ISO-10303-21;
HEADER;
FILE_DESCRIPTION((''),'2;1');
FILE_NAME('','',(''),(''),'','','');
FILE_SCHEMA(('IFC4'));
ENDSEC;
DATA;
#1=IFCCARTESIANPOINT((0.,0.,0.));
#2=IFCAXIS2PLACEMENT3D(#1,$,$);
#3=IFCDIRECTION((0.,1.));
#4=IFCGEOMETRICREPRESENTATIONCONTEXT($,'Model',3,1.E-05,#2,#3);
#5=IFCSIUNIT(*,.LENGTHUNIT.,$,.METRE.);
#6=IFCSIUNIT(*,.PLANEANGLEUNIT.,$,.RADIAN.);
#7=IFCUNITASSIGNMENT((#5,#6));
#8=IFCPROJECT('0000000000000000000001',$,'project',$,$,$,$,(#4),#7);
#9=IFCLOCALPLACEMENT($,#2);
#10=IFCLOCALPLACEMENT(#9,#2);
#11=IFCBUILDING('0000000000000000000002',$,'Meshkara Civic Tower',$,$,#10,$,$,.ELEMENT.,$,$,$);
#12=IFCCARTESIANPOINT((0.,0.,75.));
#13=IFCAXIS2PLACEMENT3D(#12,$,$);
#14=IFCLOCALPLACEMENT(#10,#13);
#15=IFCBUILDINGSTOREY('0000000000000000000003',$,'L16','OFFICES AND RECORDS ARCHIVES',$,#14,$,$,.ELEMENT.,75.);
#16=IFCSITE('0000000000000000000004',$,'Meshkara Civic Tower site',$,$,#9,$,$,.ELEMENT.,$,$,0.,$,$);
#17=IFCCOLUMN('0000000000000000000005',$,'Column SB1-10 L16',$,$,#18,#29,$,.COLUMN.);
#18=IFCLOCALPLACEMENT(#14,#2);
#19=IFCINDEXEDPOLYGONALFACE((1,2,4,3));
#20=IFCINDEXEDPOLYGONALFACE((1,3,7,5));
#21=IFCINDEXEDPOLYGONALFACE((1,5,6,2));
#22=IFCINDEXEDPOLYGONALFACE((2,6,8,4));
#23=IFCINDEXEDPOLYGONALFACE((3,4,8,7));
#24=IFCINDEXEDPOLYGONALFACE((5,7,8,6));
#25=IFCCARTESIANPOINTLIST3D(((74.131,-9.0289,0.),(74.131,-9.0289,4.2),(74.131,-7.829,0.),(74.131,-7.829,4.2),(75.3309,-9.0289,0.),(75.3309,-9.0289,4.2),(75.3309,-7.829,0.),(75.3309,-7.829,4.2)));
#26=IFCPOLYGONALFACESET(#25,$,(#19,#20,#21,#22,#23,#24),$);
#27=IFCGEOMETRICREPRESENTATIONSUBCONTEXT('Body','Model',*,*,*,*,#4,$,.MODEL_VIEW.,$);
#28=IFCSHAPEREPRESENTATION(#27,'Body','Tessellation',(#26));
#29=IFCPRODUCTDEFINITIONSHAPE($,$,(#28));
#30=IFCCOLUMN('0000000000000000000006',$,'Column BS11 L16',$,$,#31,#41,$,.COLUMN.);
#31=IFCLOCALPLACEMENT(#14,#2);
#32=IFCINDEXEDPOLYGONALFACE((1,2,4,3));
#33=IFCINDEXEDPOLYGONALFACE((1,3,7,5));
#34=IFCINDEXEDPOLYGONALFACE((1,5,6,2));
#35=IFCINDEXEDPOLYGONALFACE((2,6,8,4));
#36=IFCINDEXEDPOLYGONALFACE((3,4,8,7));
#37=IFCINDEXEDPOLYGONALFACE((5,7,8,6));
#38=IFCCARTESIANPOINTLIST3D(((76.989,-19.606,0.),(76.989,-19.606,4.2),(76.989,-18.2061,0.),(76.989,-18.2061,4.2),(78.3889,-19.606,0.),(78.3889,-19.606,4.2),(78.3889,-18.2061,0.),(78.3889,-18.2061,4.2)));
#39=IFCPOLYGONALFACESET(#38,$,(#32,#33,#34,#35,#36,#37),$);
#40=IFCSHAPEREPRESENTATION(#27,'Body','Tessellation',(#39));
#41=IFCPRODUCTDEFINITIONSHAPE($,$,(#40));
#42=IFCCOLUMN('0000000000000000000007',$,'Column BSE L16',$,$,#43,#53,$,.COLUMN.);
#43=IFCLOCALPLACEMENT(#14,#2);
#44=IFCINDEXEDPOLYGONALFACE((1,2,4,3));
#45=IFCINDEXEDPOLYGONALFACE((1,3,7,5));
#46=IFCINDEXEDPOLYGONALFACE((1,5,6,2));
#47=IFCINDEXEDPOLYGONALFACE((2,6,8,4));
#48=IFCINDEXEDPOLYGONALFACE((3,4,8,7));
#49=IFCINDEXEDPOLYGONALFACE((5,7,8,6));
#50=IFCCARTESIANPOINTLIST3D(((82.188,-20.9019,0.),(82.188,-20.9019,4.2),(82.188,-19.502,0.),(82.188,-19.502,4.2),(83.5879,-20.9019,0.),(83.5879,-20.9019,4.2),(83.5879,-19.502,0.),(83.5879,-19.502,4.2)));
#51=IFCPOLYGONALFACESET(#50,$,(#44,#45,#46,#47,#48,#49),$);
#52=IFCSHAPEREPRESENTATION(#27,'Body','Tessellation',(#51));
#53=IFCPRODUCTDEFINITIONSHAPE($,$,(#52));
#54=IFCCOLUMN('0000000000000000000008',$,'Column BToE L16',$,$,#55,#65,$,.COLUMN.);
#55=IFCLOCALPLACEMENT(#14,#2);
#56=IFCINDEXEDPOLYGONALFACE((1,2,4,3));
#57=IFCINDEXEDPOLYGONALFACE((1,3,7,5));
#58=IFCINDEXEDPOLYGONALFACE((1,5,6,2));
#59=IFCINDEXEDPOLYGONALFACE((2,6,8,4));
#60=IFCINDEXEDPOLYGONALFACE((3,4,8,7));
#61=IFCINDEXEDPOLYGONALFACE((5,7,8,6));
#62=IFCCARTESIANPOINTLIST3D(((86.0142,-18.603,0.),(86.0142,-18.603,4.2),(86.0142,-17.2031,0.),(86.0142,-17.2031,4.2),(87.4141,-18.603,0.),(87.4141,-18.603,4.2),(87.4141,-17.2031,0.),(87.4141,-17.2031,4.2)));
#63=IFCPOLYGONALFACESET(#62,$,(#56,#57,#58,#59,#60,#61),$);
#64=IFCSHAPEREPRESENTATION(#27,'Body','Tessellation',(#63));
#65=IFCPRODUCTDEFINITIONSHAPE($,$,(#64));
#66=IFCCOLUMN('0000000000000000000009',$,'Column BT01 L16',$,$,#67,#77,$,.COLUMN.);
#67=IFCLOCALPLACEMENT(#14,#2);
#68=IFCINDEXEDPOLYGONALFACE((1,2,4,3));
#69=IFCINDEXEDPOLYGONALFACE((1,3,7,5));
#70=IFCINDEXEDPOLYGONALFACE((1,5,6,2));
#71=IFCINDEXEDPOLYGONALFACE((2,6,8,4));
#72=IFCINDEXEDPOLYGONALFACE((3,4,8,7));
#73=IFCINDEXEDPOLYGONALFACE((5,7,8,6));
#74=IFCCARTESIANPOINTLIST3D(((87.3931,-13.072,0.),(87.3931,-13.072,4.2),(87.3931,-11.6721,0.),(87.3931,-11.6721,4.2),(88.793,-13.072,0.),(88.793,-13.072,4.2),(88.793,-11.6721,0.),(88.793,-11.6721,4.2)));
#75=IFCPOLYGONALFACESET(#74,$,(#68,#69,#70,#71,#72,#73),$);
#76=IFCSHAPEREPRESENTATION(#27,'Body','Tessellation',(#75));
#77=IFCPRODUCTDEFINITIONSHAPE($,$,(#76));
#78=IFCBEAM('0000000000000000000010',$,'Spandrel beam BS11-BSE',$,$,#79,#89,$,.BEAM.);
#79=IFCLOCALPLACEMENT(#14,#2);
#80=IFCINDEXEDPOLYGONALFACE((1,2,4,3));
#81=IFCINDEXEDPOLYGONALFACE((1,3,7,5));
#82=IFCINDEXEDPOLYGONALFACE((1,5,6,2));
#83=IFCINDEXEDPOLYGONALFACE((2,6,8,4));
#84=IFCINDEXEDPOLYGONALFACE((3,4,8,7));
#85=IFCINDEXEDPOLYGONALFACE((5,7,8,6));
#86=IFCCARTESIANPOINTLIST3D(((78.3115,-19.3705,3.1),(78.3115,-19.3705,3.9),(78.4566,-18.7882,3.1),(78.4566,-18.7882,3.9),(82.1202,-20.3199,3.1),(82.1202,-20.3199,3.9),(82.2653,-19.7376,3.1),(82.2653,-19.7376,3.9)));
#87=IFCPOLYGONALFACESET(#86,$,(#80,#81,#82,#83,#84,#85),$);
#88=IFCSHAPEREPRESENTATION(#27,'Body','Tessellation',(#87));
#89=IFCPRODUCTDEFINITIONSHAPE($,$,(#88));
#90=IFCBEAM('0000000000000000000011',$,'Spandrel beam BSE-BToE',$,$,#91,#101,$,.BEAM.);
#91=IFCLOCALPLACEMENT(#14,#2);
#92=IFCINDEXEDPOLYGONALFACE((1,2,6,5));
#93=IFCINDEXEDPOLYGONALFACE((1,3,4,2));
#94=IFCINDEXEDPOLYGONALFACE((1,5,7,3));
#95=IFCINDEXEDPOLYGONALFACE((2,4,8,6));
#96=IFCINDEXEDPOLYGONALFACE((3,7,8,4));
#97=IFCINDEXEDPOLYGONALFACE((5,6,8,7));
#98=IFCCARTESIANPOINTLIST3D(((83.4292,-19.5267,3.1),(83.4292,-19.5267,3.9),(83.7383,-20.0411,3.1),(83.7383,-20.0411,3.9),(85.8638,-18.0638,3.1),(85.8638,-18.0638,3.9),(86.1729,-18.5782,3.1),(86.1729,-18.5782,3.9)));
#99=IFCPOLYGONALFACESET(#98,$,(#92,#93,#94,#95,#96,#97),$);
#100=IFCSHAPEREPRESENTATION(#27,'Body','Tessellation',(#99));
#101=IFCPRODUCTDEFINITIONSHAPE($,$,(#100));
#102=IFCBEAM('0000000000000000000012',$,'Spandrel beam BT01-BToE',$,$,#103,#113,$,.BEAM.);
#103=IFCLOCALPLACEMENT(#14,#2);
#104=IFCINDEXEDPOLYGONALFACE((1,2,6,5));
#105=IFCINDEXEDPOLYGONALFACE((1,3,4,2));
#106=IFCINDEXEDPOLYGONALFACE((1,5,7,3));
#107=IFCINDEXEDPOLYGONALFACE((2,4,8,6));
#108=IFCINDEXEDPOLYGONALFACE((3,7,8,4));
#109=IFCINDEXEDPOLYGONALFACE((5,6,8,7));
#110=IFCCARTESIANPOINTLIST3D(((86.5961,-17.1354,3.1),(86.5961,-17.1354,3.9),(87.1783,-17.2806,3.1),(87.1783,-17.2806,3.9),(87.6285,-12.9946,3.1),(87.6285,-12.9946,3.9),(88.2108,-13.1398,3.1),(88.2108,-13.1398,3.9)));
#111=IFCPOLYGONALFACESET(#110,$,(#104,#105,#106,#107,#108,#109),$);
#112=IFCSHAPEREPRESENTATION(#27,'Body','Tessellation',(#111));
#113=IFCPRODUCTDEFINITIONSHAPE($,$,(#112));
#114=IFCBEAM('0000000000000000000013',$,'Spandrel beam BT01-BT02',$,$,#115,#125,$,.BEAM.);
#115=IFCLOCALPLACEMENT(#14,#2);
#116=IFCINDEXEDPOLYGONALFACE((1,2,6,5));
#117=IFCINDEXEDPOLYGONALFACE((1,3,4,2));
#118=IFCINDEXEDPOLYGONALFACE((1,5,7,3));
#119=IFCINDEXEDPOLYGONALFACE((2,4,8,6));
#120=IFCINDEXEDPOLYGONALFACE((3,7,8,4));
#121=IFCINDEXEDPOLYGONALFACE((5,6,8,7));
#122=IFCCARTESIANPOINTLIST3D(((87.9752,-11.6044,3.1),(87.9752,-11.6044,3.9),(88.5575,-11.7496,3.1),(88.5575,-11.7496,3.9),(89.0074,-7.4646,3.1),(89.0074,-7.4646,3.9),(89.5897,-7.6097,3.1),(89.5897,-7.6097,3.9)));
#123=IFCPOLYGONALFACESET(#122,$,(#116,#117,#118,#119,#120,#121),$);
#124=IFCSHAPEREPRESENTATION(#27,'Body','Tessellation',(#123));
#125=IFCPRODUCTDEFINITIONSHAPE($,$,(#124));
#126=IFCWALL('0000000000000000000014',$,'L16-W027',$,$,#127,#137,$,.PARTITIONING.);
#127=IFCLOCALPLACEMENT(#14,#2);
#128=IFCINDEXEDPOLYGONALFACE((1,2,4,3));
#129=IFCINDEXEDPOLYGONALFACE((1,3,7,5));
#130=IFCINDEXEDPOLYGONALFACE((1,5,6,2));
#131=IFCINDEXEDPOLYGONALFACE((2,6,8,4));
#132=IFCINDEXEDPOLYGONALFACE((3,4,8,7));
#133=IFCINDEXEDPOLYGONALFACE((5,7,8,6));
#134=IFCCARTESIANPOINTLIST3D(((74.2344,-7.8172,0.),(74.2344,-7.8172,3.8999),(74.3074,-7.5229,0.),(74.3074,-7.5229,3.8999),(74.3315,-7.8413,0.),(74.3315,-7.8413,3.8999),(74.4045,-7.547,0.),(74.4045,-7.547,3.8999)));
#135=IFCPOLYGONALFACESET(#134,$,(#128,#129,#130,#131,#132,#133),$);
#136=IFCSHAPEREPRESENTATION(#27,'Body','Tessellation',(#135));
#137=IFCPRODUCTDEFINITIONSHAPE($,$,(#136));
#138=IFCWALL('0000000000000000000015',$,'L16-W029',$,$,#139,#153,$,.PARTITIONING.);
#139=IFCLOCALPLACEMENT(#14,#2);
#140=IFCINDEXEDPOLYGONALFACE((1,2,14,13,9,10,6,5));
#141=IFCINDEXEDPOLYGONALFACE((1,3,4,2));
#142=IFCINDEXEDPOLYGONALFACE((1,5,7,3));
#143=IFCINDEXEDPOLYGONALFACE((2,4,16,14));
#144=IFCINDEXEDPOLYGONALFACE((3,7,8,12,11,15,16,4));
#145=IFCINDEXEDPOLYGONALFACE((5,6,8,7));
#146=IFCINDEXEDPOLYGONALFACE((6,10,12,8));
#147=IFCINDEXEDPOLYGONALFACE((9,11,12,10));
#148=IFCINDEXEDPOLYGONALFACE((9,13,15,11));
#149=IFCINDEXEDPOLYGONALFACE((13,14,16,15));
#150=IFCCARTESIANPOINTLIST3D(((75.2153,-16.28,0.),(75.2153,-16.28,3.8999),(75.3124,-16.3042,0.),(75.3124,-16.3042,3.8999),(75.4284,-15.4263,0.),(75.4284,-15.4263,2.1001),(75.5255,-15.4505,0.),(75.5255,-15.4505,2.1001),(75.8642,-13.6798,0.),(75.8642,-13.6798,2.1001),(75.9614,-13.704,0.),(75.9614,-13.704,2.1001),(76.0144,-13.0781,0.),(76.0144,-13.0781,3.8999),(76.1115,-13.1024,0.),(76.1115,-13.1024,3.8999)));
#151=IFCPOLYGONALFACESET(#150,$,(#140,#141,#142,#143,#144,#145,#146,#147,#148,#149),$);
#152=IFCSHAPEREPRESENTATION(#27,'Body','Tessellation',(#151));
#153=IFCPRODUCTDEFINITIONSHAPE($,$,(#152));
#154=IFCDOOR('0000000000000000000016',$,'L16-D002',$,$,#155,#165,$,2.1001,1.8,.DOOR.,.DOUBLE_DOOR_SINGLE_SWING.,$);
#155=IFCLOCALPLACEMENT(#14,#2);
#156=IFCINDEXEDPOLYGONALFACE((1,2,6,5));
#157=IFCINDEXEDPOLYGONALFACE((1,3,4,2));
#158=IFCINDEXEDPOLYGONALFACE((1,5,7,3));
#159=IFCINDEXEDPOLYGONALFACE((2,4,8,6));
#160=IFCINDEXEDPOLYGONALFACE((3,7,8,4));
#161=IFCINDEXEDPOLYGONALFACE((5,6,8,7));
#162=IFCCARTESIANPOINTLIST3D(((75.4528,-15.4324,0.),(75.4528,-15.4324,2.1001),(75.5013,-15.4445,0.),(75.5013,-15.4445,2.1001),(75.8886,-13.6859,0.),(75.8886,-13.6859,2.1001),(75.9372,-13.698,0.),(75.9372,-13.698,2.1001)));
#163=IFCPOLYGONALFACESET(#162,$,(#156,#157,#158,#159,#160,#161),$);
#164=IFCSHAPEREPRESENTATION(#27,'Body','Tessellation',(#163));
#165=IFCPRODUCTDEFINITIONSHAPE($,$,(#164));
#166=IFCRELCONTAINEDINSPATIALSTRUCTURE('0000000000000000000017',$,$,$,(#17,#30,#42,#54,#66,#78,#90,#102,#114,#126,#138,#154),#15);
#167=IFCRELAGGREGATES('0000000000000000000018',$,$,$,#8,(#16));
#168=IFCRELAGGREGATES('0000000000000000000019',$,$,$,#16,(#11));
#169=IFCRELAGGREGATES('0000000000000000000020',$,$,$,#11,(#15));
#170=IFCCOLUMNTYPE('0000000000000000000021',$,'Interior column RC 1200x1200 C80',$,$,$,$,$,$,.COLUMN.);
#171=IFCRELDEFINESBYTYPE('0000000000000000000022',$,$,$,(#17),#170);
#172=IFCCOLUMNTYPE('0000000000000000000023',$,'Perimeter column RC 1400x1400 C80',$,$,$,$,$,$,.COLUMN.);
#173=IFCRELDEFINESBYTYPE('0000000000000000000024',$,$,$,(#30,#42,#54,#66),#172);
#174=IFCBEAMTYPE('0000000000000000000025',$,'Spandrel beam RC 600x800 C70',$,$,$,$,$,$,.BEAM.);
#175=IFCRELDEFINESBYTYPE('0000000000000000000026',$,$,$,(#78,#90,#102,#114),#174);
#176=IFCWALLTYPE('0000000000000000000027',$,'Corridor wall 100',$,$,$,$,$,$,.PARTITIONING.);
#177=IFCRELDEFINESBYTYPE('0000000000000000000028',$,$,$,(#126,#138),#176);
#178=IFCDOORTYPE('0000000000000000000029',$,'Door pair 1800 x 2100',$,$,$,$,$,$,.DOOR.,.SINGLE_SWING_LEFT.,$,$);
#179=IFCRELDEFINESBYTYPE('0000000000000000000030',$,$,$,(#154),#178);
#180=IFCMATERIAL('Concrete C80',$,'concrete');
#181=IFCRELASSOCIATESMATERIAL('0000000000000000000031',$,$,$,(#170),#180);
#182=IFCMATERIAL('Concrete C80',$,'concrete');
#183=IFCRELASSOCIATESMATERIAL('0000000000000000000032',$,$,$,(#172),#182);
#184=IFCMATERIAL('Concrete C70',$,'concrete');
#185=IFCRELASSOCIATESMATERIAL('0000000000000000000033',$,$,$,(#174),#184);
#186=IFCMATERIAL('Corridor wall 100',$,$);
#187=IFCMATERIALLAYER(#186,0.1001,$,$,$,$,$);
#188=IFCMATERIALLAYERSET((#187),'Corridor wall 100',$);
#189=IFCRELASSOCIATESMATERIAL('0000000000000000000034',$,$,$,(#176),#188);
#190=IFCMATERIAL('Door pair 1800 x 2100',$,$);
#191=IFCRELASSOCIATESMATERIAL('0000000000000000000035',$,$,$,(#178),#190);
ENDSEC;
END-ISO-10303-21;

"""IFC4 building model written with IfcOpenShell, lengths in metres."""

from ifc_helpers import new_model, si_unit, direction, frame, frame_2d, origin, origin_2d, place, context, subcontext, project, spatial, rectangle, extrude, material, layer, layer_set, material_profile, profile_set, type_object, element, fill, save


model = new_model("IFC4")

# Units and contexts
model_context = context("Model", 3, precision=1e-05, world=origin(), true_north=direction((0.0, 1.0)))
body_context = subcontext(model_context, "Body", "Model", "MODEL_VIEW")
ifc_project = project(units=[si_unit("LENGTHUNIT", "METRE"), si_unit("PLANEANGLEUNIT", "RADIAN")], contexts=[model_context])

# Site, building, storey
site_placement = place(None, origin())
site = spatial("IfcSite", under=ifc_project, at=site_placement, Name="Meshkara Civic Tower site", CompositionType="ELEMENT", RefElevation=0.0)
building_placement = place(site_placement, origin())
building = spatial("IfcBuilding", under=site, at=building_placement, Name="Meshkara Civic Tower", CompositionType="ELEMENT")
storey_placement = place(building_placement, frame((0.0, 0.0, 75.0)))
storey = spatial("IfcBuildingStorey", under=building, at=storey_placement, Name="L16", Description="OFFICES AND RECORDS ARCHIVES", CompositionType="ELEMENT", Elevation=75.0)

# Columns
ifc_material_1 = material(Name="Concrete C80", Category="concrete")
ifc_material_profile_1 = material_profile(ifc_material_1, rectangle(XDim=1.2, YDim=1.2, at=origin_2d()))
ifc_profile_set_1 = profile_set([ifc_material_profile_1], Name="Concrete C80")
column_type_1 = type_object("IfcColumnType", Name="Interior column RC 1200x1200 C80", PredefinedType="COLUMN", material=ifc_profile_set_1)
column_placement = place(storey_placement, frame((74.731, -8.429, 0.0), z_axis=(0.0, 0.0, 1.0), x_axis=(1.0, 0.0, 0.0)))
element("IfcColumn", 1, at=column_placement, inside=storey, type_object=column_type_1, Name="Column SB1-10 L16", PredefinedType="COLUMN", context=body_context, shape_type="SweptSolid", body=[
    extrude(rectangle(XDim=1.2, YDim=1.2, at=origin_2d()), origin(), (0.0, 0.0, 1.0), 4.2),
])
ifc_material_2 = material(Name="Concrete C80", Category="concrete")
ifc_material_profile_2 = material_profile(ifc_material_2, rectangle(XDim=1.3999, YDim=1.3999, at=origin_2d()))
ifc_profile_set_2 = profile_set([ifc_material_profile_2], Name="Concrete C80")
column_type_2 = type_object("IfcColumnType", Name="Perimeter column RC 1400x1400 C80", PredefinedType="COLUMN", material=ifc_profile_set_2)
for number, where, z_axis, x_axis, name in (
    (2, (77.689, -18.906, 0.0), (0.0, 0.0, 1.0), (1.0, 0.0, 0.0), "Column BS11 L16"),
    (3, (82.8879, -20.2019, 0.0), (0.0, 0.0, 1.0), (1.0, 0.0, 0.0), "Column BSE L16"),
    (4, (86.7141, -17.9031, 0.0), (0.0, 0.0, 1.0), (1.0, 0.0, 0.0), "Column BToE L16"),
    (5, (88.093, -12.3721, 0.0), (0.0, 0.0, 1.0), (1.0, 0.0, 0.0), "Column BT01 L16"),
):
    element("IfcColumn", number, at=place(storey_placement, frame(where, z_axis=z_axis, x_axis=x_axis)), inside=storey, type_object=column_type_2, Name=name, PredefinedType="COLUMN", context=body_context, shape_type="SweptSolid", body=[
        extrude(rectangle(XDim=1.3999, YDim=1.3999, at=origin_2d()), origin(), (0.0, 0.0, 1.0), 4.2),
    ])

# Beams
ifc_material_3 = material(Name="Concrete C70", Category="concrete")
ifc_material_profile_3 = material_profile(ifc_material_3, rectangle(XDim=0.6001, YDim=0.8, at=origin_2d()))
ifc_profile_set_3 = profile_set([ifc_material_profile_3], Name="Concrete C70")
beam_type = type_object("IfcBeamType", Name="Spandrel beam RC 600x800 C70", PredefinedType="BEAM", material=ifc_profile_set_3)
beam_1_placement = place(storey_placement, frame((78.384, -19.0793, 3.5), z_axis=(0.970307, -0.241877, 0.0), x_axis=(0.241877, 0.970307, 0.0)))
element("IfcBeam", 6, at=beam_1_placement, inside=storey, type_object=beam_type, Name="Spandrel beam BS11-BSE", PredefinedType="BEAM", context=body_context, shape_type="SweptSolid", body=[
    extrude(rectangle(XDim=0.6001, YDim=0.8, at=origin_2d()), origin(), (0.0, 0.0, 1.0), 3.9253),
])
beam_2_placement = place(storey_placement, frame((83.5837, -19.7839, 3.5), z_axis=(0.857159, 0.515052, 0.0), x_axis=(-0.515052, 0.857159, 0.0)))
element("IfcBeam", 7, at=beam_2_placement, inside=storey, type_object=beam_type, Name="Spandrel beam BSE-BToE", PredefinedType="BEAM", context=body_context, shape_type="SweptSolid", body=[
    extrude(rectangle(XDim=0.6001, YDim=0.8, at=origin_2d()), origin(), (0.0, 0.0, 1.0), 2.8403),
])
beam_3_placement = place(storey_placement, frame((86.8872, -17.208, 3.5), z_axis=(0.24193, 0.970294, 0.0), x_axis=(-0.970294, 0.24193, 0.0)))
element("IfcBeam", 8, at=beam_3_placement, inside=storey, type_object=beam_type, Name="Spandrel beam BT01-BToE", PredefinedType="BEAM", context=body_context, shape_type="SweptSolid", body=[
    extrude(rectangle(XDim=0.6001, YDim=0.8, at=origin_2d()), origin(), (0.0, 0.0, 1.0), 4.2676),
])
beam_4_placement = place(storey_placement, frame((88.2664, -11.677, 3.5), z_axis=(0.24193, 0.970294, 0.0), x_axis=(-0.970294, 0.24193, 0.0)))
element("IfcBeam", 9, at=beam_4_placement, inside=storey, type_object=beam_type, Name="Spandrel beam BT01-BT02", PredefinedType="BEAM", context=body_context, shape_type="SweptSolid", body=[
    extrude(rectangle(XDim=0.6001, YDim=0.8, at=origin_2d()), origin(), (0.0, 0.0, 1.0), 4.2666),
])

# Wall
ifc_material_4 = material(Name="Corridor wall 100")
ifc_layer_1 = layer(ifc_material_4, 0.1001)
ifc_layer_set_1 = layer_set([ifc_layer_1], Name="Corridor wall 100")
wall_type_1 = type_object("IfcWallType", Name="Corridor wall 100", PredefinedType="PARTITIONING", material=ifc_layer_set_1)
wall_1_placement = place(storey_placement, frame((74.356, -7.5349, 0.0), z_axis=(0.0, 0.0, 1.0), x_axis=(-0.24083, -0.970567, 0.0)))
element("IfcWall", 10, at=wall_1_placement, inside=storey, type_object=wall_type_1, Name="L16-W027", PredefinedType="PARTITIONING", context=body_context, shape_type="SweptSolid", body=[
    extrude(rectangle(XDim=0.3032, YDim=0.1001, at=frame_2d((0.1516, 0.0))), origin(), (0.0, 0.0, 1.0), 3.8999),
])

# Wall, opening, door
wall_2_placement = place(storey_placement, frame((75.2639, -16.292, 0.0), z_axis=(0.0, 0.0, 1.0), x_axis=(0.242135, 0.970243, 0.0)))
wall_2 = element("IfcWall", 11, at=wall_2_placement, inside=storey, type_object=wall_type_1, Name="L16-W029", PredefinedType="PARTITIONING", context=body_context, shape_type="SweptSolid", body=[
    extrude(rectangle(XDim=3.3, YDim=0.1001, at=frame_2d((1.6499, 0.0))), origin(), (0.0, 0.0, 1.0), 3.8999),
])
opening_1_placement = place(wall_2_placement, frame((0.8799, 0.0, 0.0)))
opening_1 = element("IfcOpeningElement", 12, at=opening_1_placement, cuts=wall_2, PredefinedType="OPENING", context=body_context, shape_type="SweptSolid", body=[
    extrude(rectangle(XDim=1.8, YDim=2.1001, at=frame_2d((0.8999, 1.05))), frame((0.0, 0.0601, 0.0), z_axis=(0.0, -1.0, 0.0), x_axis=(1.0, 0.0, 0.0)), (0.0, 0.0, 1.0), 0.1201),
])
ifc_material_5 = material(Name="Door pair 1800 x 2100")
door_type_1 = type_object("IfcDoorType", Name="Door pair 1800 x 2100", OperationType="SINGLE_SWING_LEFT", PredefinedType="DOOR", material=ifc_material_5)
door_1_placement = place(opening_1_placement, origin())
door_1 = element("IfcDoor", 13, at=door_1_placement, inside=storey, type_object=door_type_1, Name="L16-D002", OperationType="DOUBLE_DOOR_SINGLE_SWING", OverallHeight=2.1001, OverallWidth=1.8, PredefinedType="DOOR", context=body_context, shape_type="SweptSolid", body=[
    extrude(rectangle(XDim=1.8, YDim=2.1001, at=frame_2d((0.8999, 1.05))), frame((0.0, 0.0249, 0.0), z_axis=(0.0, -1.0, 0.0), x_axis=(1.0, 0.0, 0.0)), (0.0, 0.0, 1.0), 0.05),
])
fill(opening_1, door_1)

save(model, "model.ifc")
